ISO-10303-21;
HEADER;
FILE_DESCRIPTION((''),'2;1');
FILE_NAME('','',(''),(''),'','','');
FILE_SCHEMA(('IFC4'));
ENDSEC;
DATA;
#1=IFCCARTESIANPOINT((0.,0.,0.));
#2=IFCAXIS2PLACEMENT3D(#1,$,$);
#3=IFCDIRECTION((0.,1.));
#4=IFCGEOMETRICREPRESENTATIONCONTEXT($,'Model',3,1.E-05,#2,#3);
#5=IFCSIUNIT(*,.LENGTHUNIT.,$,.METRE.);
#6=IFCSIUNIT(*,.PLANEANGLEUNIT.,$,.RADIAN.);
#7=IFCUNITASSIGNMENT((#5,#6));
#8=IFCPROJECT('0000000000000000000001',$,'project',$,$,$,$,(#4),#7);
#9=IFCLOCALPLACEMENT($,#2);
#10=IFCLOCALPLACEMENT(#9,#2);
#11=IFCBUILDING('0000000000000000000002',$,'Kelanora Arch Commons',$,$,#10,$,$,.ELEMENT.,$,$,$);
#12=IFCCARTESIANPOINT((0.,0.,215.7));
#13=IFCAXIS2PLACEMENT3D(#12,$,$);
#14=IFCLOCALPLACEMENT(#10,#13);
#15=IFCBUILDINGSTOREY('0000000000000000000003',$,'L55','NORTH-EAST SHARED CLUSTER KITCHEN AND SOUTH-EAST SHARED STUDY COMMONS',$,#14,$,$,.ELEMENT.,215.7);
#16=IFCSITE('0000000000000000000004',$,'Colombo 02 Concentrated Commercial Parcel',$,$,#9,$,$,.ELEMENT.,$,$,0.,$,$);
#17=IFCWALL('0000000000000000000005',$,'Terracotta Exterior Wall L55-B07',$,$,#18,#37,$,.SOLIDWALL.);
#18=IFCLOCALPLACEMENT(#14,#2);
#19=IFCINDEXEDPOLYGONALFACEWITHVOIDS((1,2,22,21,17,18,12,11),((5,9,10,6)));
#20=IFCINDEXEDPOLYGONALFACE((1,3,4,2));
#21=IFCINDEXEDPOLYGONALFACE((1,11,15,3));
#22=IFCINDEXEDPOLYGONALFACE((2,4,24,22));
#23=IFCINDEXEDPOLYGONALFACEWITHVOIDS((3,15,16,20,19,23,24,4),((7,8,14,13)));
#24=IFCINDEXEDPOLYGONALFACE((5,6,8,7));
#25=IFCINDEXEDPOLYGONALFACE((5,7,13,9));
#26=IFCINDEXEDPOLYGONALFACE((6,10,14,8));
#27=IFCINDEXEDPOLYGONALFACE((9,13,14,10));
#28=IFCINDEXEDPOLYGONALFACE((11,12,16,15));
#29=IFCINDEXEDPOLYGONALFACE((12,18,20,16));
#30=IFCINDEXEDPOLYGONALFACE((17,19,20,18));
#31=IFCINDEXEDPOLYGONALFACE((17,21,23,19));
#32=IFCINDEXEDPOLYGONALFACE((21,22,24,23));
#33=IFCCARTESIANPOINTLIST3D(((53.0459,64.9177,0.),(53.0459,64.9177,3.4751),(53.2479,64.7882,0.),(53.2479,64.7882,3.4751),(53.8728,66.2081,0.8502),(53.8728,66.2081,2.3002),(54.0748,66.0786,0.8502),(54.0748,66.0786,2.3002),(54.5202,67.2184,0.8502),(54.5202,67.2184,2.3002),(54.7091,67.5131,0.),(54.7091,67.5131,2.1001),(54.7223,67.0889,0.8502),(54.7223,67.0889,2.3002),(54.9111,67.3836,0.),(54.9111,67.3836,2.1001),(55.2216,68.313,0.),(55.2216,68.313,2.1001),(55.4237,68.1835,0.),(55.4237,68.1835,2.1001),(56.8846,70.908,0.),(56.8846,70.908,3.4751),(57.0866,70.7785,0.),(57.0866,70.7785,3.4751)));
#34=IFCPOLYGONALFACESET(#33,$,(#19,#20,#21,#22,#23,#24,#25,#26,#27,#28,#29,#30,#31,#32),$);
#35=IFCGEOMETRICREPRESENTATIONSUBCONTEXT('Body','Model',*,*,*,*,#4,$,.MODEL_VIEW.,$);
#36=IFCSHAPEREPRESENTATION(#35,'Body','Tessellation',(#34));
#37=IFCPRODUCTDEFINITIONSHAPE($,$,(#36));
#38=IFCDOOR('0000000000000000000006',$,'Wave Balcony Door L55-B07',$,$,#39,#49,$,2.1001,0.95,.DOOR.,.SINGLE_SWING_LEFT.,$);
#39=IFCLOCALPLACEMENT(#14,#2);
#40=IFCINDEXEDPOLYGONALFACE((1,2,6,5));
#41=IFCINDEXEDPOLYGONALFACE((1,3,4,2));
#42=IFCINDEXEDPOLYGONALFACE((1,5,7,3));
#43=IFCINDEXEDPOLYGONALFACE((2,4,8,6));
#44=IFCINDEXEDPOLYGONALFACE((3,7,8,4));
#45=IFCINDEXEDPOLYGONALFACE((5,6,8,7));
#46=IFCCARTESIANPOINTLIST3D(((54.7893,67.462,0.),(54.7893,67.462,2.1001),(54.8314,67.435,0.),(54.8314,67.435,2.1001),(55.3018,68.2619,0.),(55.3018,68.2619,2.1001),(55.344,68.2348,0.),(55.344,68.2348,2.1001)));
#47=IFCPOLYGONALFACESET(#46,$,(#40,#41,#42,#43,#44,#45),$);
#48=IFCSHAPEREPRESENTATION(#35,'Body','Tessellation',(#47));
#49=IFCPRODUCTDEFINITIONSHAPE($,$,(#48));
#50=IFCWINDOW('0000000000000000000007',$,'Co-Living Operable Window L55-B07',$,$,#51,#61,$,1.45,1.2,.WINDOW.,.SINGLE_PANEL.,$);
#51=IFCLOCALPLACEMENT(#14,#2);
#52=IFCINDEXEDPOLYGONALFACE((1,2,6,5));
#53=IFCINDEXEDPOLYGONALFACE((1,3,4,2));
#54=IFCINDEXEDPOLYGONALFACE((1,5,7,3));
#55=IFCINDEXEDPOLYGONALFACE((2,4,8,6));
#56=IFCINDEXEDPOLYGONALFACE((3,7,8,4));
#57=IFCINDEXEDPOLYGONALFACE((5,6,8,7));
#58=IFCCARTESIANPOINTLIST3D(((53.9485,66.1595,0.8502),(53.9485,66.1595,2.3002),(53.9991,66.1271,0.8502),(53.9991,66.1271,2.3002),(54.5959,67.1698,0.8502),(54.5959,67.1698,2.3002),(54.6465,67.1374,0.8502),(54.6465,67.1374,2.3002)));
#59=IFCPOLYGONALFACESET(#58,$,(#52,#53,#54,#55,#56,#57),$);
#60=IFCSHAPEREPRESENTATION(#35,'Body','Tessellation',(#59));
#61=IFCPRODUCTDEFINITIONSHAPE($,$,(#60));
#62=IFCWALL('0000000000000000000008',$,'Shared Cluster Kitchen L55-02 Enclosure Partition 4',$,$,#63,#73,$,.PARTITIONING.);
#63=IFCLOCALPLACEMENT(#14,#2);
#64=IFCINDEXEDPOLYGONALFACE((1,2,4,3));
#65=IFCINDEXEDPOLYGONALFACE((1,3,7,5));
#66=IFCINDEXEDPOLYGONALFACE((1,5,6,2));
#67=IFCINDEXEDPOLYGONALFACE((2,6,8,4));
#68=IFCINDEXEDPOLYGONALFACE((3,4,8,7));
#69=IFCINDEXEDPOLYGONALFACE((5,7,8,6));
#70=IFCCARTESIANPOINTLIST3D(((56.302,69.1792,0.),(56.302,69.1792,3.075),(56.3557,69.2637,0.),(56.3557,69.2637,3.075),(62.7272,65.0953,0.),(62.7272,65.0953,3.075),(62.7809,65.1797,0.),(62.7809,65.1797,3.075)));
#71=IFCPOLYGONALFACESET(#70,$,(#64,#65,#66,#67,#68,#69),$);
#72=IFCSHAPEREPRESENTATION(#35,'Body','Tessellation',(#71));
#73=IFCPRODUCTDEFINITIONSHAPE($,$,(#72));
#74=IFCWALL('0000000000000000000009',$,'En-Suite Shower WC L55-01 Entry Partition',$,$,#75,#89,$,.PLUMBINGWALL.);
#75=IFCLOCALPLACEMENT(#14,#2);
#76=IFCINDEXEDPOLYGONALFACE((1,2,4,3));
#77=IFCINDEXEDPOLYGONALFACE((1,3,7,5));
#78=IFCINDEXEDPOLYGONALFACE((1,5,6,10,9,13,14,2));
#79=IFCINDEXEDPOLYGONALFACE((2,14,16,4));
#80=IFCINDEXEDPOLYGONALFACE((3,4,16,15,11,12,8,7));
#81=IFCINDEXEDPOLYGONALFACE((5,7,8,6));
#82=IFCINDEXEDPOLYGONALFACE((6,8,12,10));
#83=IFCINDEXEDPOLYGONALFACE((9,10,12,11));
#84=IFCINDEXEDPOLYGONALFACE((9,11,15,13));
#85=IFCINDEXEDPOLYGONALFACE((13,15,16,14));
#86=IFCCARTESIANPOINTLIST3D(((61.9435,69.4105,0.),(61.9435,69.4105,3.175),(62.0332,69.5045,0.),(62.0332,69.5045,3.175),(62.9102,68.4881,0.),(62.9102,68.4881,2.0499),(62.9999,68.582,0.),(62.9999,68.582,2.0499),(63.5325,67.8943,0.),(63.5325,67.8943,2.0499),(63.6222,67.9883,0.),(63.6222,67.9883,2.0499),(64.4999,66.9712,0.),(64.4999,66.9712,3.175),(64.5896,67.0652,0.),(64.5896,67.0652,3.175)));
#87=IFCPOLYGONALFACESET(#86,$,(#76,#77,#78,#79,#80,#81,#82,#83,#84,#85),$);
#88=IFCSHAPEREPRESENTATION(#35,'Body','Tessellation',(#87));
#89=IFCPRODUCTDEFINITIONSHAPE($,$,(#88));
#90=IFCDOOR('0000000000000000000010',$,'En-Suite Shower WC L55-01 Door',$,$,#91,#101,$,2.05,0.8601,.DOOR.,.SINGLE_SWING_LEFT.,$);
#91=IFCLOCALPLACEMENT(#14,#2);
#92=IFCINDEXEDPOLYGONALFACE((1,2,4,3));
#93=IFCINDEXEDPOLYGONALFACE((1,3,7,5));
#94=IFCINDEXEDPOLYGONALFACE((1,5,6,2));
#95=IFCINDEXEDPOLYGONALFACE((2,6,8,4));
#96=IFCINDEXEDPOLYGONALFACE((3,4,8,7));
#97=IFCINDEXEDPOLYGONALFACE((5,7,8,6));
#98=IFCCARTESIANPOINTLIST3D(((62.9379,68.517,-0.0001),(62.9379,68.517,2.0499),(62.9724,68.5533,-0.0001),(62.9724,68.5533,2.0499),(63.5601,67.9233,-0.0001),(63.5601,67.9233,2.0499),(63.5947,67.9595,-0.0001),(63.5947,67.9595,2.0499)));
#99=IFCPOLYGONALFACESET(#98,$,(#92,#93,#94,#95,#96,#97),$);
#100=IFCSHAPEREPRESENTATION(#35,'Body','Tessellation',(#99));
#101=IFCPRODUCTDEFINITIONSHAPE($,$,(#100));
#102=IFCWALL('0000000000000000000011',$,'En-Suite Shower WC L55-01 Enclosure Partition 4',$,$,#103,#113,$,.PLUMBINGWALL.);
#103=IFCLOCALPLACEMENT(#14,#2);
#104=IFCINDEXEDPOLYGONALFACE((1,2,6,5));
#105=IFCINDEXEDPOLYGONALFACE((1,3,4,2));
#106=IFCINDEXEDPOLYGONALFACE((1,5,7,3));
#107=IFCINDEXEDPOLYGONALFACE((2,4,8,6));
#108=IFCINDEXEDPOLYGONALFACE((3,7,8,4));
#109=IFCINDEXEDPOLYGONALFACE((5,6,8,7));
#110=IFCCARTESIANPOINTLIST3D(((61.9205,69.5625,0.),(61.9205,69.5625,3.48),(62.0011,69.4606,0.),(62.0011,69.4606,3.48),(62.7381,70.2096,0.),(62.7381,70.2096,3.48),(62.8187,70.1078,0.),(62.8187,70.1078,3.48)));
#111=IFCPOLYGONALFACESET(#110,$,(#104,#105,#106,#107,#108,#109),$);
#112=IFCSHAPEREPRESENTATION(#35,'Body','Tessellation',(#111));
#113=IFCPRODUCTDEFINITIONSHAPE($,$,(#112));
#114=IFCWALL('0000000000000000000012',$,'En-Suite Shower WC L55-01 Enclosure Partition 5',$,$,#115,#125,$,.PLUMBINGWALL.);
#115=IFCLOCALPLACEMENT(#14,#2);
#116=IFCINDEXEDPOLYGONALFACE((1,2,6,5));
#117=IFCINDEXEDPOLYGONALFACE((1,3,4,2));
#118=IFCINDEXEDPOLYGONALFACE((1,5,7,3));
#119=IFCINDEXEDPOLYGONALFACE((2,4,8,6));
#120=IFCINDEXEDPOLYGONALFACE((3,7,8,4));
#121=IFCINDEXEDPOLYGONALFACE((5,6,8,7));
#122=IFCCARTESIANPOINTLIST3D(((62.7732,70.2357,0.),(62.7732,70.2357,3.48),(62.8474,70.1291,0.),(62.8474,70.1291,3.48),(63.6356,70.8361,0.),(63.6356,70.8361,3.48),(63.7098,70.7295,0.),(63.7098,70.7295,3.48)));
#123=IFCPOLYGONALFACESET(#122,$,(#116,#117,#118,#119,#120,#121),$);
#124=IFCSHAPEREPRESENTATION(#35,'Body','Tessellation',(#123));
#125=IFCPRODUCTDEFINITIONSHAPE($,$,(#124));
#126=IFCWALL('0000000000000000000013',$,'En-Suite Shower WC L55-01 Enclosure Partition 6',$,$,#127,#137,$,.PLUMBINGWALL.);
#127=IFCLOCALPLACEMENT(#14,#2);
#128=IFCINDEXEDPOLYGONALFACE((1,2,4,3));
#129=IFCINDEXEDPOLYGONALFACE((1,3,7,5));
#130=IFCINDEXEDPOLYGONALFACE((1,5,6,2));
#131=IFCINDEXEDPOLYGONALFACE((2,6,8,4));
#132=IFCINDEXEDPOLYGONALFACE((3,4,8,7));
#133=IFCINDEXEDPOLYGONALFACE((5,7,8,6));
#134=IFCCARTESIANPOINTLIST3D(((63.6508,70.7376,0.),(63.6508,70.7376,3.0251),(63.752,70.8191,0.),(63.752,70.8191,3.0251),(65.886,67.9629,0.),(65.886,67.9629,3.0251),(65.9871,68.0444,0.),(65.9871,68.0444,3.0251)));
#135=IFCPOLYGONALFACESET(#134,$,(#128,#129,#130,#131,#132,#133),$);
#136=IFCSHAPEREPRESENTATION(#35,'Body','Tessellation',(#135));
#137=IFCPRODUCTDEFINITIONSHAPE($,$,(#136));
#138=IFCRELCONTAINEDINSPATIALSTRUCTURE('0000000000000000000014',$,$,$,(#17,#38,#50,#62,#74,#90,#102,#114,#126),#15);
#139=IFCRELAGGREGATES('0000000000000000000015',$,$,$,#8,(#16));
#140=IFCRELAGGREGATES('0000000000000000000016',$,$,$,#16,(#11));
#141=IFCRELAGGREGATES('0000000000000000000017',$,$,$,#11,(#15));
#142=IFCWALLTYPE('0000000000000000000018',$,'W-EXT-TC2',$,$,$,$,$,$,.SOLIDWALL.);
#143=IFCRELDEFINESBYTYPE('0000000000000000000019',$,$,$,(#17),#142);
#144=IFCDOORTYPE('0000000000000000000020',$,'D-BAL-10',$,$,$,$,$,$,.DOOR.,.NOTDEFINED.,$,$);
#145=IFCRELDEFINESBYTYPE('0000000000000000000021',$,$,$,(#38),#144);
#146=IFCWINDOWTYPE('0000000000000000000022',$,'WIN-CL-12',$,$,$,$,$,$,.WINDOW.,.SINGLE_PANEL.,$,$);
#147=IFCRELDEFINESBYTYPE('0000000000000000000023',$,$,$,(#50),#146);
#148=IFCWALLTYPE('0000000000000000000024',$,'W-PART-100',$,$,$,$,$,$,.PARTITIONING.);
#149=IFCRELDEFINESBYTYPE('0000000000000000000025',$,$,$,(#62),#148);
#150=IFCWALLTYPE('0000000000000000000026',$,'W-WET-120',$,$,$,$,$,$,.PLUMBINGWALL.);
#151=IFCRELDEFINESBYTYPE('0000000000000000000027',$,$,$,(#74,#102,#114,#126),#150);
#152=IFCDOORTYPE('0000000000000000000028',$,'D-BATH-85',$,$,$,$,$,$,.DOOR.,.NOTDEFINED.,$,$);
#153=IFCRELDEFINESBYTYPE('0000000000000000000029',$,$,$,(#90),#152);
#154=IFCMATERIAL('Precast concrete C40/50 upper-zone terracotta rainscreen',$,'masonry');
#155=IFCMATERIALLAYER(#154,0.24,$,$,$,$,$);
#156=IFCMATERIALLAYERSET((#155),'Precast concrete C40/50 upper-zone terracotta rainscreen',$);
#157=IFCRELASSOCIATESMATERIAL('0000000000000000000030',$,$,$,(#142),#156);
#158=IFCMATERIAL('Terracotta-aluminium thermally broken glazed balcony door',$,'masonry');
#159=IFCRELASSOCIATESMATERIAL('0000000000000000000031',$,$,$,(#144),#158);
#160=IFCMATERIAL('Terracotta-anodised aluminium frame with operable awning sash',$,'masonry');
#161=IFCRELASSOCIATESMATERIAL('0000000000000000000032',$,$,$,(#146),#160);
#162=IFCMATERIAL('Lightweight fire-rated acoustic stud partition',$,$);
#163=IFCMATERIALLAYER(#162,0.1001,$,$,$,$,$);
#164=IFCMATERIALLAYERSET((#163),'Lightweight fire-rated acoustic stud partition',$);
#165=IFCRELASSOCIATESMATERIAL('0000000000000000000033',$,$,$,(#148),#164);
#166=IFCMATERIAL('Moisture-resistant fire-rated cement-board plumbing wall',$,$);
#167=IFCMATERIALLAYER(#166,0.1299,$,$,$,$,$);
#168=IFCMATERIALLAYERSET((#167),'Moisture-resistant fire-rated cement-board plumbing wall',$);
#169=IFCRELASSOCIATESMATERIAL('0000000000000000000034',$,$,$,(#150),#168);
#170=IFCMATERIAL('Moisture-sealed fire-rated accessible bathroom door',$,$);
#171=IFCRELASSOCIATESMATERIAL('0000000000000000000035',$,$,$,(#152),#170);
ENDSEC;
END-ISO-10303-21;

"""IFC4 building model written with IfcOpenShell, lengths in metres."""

from ifc_helpers import new_model, si_unit, direction, frame, frame_2d, origin, place, context, subcontext, project, spatial, rectangle, extrude, material, layer, layer_set, type_object, element, fill, save


model = new_model("IFC4")

# Units and contexts
model_context = context("Model", 3, precision=1e-05, world=origin(), true_north=direction((0.0, 1.0)))
body_context = subcontext(model_context, "Body", "Model", "MODEL_VIEW")
ifc_project = project(units=[si_unit("LENGTHUNIT", "METRE"), si_unit("PLANEANGLEUNIT", "RADIAN")], contexts=[model_context])

# Site, building, storey
site_placement = place(None, origin())
site = spatial("IfcSite", under=ifc_project, at=site_placement, Name="Colombo 02 Concentrated Commercial Parcel", CompositionType="ELEMENT", RefElevation=0.0)
building_placement = place(site_placement, origin())
building = spatial("IfcBuilding", under=site, at=building_placement, Name="Kelanora Arch Commons", CompositionType="ELEMENT")
storey_placement = place(building_placement, frame((0.0, 0.0, 215.7)))
storey = spatial("IfcBuildingStorey", under=building, at=storey_placement, Name="L55", Description="NORTH-EAST SHARED CLUSTER KITCHEN AND SOUTH-EAST SHARED STUDY COMMONS", CompositionType="ELEMENT", Elevation=215.7)

# Shared definitions
ifc_material_1 = material(Name="Precast concrete C40/50 upper-zone terracotta rainscreen", Category="masonry")
ifc_layer_1 = layer(ifc_material_1, 0.24)
ifc_layer_set_1 = layer_set([ifc_layer_1], Name="Precast concrete C40/50 upper-zone terracotta rainscreen")
wall_type_1 = type_object("IfcWallType", Name="W-EXT-TC2", PredefinedType="SOLIDWALL", material=ifc_layer_set_1)

# Wall, openings, door, window
wall_1_placement = place(storey_placement, frame((56.9856, 70.8433, 0.0), z_axis=(0.0, 0.0, 1.0), x_axis=(-0.53954, -0.84196, 0.0)))
wall_1 = element("IfcWall", 1, at=wall_1_placement, inside=storey, type_object=wall_type_1, Name="Terracotta Exterior Wall L55-B07", PredefinedType="SOLIDWALL", context=body_context, shape_type="SweptSolid", body=[
    extrude(rectangle(XDim=7.1147, YDim=0.24, at=frame_2d((3.5574, 0.0))), origin(), (0.0, 0.0, 1.0), 3.4751),
])
opening_1_placement = place(wall_1_placement, frame((3.082, 0.0, 0.0)))
opening_1 = element("IfcOpeningElement", 2, at=opening_1_placement, cuts=wall_1, PredefinedType="OPENING", context=body_context, shape_type="SweptSolid", body=[
    extrude(rectangle(XDim=0.95, YDim=2.1001, at=frame_2d((0.4751, 1.05))), frame((0.0, 0.1299, 0.0), z_axis=(0.0, -1.0, 0.0), x_axis=(1.0, 0.0, 0.0)), (0.0, 0.0, 1.0), 0.26),
])
opening_2_placement = place(wall_1_placement, frame((4.3821, 0.0, 0.8501)))
opening_2 = element("IfcOpeningElement", 3, at=opening_2_placement, cuts=wall_1, PredefinedType="OPENING", context=body_context, shape_type="SweptSolid", body=[
    extrude(rectangle(XDim=1.2, YDim=1.45, at=frame_2d((0.6001, 0.7251))), frame((0.0, 0.1299, 0.0), z_axis=(0.0, -1.0, 0.0), x_axis=(1.0, 0.0, 0.0)), (0.0, 0.0, 1.0), 0.26),
])
ifc_material_2 = material(Name="Terracotta-aluminium thermally broken glazed balcony door", Category="masonry")
door_type_1 = type_object("IfcDoorType", Name="D-BAL-10", OperationType="NOTDEFINED", PredefinedType="DOOR", material=ifc_material_2)
door_1_placement = place(opening_1_placement, frame((0.95, 0.0, 0.0), z_axis=(0.0, 0.0, 1.0), x_axis=(-1.0, 0.0, 0.0)))
door_1 = element("IfcDoor", 4, at=door_1_placement, inside=storey, type_object=door_type_1, Name="Wave Balcony Door L55-B07", OperationType="SINGLE_SWING_LEFT", OverallHeight=2.1001, OverallWidth=0.95, PredefinedType="DOOR", context=body_context, shape_type="SweptSolid", body=[
    extrude(rectangle(XDim=0.95, YDim=2.1001, at=frame_2d((0.4751, 1.05))), frame((0.0, 0.0249, 0.0), z_axis=(0.0, -1.0, 0.0), x_axis=(1.0, 0.0, 0.0)), (0.0, 0.0, 1.0), 0.05),
])
fill(opening_1, door_1)
ifc_material_3 = material(Name="Terracotta-anodised aluminium frame with operable awning sash", Category="masonry")
window_type_1 = type_object("IfcWindowType", Name="WIN-CL-12", PartitioningType="SINGLE_PANEL", PredefinedType="WINDOW", material=ifc_material_3)
window_1_placement = place(opening_2_placement, origin())
window_1 = element("IfcWindow", 5, at=window_1_placement, inside=storey, type_object=window_type_1, Name="Co-Living Operable Window L55-B07", OverallHeight=1.45, OverallWidth=1.2, PartitioningType="SINGLE_PANEL", PredefinedType="WINDOW", context=body_context, shape_type="SweptSolid", body=[
    extrude(rectangle(XDim=1.2, YDim=1.45, at=frame_2d((0.6001, 0.7251))), frame((0.0, 0.03, 0.0), z_axis=(0.0, -1.0, 0.0), x_axis=(1.0, 0.0, 0.0)), (0.0, 0.0, 1.0), 0.0601),
])
fill(opening_2, window_1)

# Wall
ifc_material_4 = material(Name="Lightweight fire-rated acoustic stud partition")
ifc_layer_2 = layer(ifc_material_4, 0.1001)
ifc_layer_set_2 = layer_set([ifc_layer_2], Name="Lightweight fire-rated acoustic stud partition")
wall_type_2 = type_object("IfcWallType", Name="W-PART-100", PredefinedType="PARTITIONING", material=ifc_layer_set_2)
wall_2_placement = place(storey_placement, frame((56.3289, 69.2214, 0.0), z_axis=(0.0, 0.0, 1.0), x_axis=(0.843949, -0.536423, 0.0)))
element("IfcWall", 6, at=wall_2_placement, inside=storey, type_object=wall_type_2, Name="Shared Cluster Kitchen L55-02 Enclosure Partition 4", PredefinedType="PARTITIONING", context=body_context, shape_type="SweptSolid", body=[
    extrude(rectangle(XDim=7.6133, YDim=0.1001, at=frame_2d((3.8066, 0.0))), origin(), (0.0, 0.0, 1.0), 3.075),
])

# Wall, opening, door
ifc_material_5 = material(Name="Moisture-resistant fire-rated cement-board plumbing wall")
ifc_layer_3 = layer(ifc_material_5, 0.1299)
ifc_layer_set_3 = layer_set([ifc_layer_3], Name="Moisture-resistant fire-rated cement-board plumbing wall")
wall_type_3 = type_object("IfcWallType", Name="W-WET-120", PredefinedType="PLUMBINGWALL", material=ifc_layer_set_3)
wall_3_placement = place(storey_placement, frame((64.5447, 67.0183, 0.0), z_axis=(0.0, 0.0, 1.0), x_axis=(-0.723495, 0.690329, 0.0)))
wall_3 = element("IfcWall", 7, at=wall_3_placement, inside=storey, type_object=wall_type_3, Name="En-Suite Shower WC L55-01 Entry Partition", PredefinedType="PLUMBINGWALL", context=body_context, shape_type="SweptSolid", body=[
    extrude(rectangle(XDim=3.5334, YDim=0.1299, at=frame_2d((1.7666, 0.0))), origin(), (0.0, 0.0, 1.0), 3.175),
])
opening_3_placement = place(wall_3_placement, frame((1.3369, 0.0, 0.0)))
opening_3 = element("IfcOpeningElement", 8, at=opening_3_placement, cuts=wall_3, PredefinedType="OPENING", context=body_context, shape_type="SweptSolid", body=[
    extrude(rectangle(XDim=0.8601, YDim=2.05, at=frame_2d((0.4302, 1.0249))), frame((0.0, 0.075, 0.0), z_axis=(0.0, -1.0, 0.0), x_axis=(1.0, 0.0, 0.0)), (0.0, 0.0, 1.0), 0.1499),
])
ifc_material_6 = material(Name="Moisture-sealed fire-rated accessible bathroom door")
door_type_2 = type_object("IfcDoorType", Name="D-BATH-85", OperationType="NOTDEFINED", PredefinedType="DOOR", material=ifc_material_6)
door_2_placement = place(opening_3_placement, origin())
door_2 = element("IfcDoor", 9, at=door_2_placement, inside=storey, type_object=door_type_2, Name="En-Suite Shower WC L55-01 Door", OperationType="SINGLE_SWING_LEFT", OverallHeight=2.05, OverallWidth=0.8601, PredefinedType="DOOR", context=body_context, shape_type="SweptSolid", body=[
    extrude(rectangle(XDim=0.8601, YDim=2.05, at=frame_2d((0.4302, 1.0249))), frame((0.0, 0.0249, 0.0), z_axis=(0.0, -1.0, 0.0), x_axis=(1.0, 0.0, 0.0)), (0.0, 0.0, 1.0), 0.05),
])
fill(opening_3, door_2)

# Walls
wall_4_placement = place(storey_placement, frame((61.9607, 69.5115, 0.0), z_axis=(0.0, 0.0, 1.0), x_axis=(0.784079, 0.620661, 0.0)))
element("IfcWall", 10, at=wall_4_placement, inside=storey, type_object=wall_type_3, Name="En-Suite Shower WC L55-01 Enclosure Partition 4", PredefinedType="PLUMBINGWALL", context=body_context, shape_type="SweptSolid", body=[
    extrude(rectangle(XDim=1.0427, YDim=0.1299, at=frame_2d((0.5215, 0.0))), origin(), (0.0, 0.0, 1.0), 3.48),
])
wall_5_placement = place(storey_placement, frame((62.8103, 70.1824, 0.0), z_axis=(0.0, 0.0, 1.0), x_axis=(0.820692, 0.571371, 0.0)))
element("IfcWall", 11, at=wall_5_placement, inside=storey, type_object=wall_type_3, Name="En-Suite Shower WC L55-01 Enclosure Partition 5", PredefinedType="PLUMBINGWALL", context=body_context, shape_type="SweptSolid", body=[
    extrude(rectangle(XDim=1.0508, YDim=0.1299, at=frame_2d((0.5254, 0.0))), origin(), (0.0, 0.0, 1.0), 3.48),
])
wall_6_placement = place(storey_placement, frame((63.7014, 70.7783, 0.0), z_axis=(0.0, 0.0, 1.0), x_axis=(0.627324, -0.778759, 0.0)))
element("IfcWall", 12, at=wall_6_placement, inside=storey, type_object=wall_type_3, Name="En-Suite Shower WC L55-01 Enclosure Partition 6", PredefinedType="PLUMBINGWALL", context=body_context, shape_type="SweptSolid", body=[
    extrude(rectangle(XDim=3.563, YDim=0.1299, at=frame_2d((1.7815, 0.0))), origin(), (0.0, 0.0, 1.0), 3.0251),
])

save(model, "model.ifc")
